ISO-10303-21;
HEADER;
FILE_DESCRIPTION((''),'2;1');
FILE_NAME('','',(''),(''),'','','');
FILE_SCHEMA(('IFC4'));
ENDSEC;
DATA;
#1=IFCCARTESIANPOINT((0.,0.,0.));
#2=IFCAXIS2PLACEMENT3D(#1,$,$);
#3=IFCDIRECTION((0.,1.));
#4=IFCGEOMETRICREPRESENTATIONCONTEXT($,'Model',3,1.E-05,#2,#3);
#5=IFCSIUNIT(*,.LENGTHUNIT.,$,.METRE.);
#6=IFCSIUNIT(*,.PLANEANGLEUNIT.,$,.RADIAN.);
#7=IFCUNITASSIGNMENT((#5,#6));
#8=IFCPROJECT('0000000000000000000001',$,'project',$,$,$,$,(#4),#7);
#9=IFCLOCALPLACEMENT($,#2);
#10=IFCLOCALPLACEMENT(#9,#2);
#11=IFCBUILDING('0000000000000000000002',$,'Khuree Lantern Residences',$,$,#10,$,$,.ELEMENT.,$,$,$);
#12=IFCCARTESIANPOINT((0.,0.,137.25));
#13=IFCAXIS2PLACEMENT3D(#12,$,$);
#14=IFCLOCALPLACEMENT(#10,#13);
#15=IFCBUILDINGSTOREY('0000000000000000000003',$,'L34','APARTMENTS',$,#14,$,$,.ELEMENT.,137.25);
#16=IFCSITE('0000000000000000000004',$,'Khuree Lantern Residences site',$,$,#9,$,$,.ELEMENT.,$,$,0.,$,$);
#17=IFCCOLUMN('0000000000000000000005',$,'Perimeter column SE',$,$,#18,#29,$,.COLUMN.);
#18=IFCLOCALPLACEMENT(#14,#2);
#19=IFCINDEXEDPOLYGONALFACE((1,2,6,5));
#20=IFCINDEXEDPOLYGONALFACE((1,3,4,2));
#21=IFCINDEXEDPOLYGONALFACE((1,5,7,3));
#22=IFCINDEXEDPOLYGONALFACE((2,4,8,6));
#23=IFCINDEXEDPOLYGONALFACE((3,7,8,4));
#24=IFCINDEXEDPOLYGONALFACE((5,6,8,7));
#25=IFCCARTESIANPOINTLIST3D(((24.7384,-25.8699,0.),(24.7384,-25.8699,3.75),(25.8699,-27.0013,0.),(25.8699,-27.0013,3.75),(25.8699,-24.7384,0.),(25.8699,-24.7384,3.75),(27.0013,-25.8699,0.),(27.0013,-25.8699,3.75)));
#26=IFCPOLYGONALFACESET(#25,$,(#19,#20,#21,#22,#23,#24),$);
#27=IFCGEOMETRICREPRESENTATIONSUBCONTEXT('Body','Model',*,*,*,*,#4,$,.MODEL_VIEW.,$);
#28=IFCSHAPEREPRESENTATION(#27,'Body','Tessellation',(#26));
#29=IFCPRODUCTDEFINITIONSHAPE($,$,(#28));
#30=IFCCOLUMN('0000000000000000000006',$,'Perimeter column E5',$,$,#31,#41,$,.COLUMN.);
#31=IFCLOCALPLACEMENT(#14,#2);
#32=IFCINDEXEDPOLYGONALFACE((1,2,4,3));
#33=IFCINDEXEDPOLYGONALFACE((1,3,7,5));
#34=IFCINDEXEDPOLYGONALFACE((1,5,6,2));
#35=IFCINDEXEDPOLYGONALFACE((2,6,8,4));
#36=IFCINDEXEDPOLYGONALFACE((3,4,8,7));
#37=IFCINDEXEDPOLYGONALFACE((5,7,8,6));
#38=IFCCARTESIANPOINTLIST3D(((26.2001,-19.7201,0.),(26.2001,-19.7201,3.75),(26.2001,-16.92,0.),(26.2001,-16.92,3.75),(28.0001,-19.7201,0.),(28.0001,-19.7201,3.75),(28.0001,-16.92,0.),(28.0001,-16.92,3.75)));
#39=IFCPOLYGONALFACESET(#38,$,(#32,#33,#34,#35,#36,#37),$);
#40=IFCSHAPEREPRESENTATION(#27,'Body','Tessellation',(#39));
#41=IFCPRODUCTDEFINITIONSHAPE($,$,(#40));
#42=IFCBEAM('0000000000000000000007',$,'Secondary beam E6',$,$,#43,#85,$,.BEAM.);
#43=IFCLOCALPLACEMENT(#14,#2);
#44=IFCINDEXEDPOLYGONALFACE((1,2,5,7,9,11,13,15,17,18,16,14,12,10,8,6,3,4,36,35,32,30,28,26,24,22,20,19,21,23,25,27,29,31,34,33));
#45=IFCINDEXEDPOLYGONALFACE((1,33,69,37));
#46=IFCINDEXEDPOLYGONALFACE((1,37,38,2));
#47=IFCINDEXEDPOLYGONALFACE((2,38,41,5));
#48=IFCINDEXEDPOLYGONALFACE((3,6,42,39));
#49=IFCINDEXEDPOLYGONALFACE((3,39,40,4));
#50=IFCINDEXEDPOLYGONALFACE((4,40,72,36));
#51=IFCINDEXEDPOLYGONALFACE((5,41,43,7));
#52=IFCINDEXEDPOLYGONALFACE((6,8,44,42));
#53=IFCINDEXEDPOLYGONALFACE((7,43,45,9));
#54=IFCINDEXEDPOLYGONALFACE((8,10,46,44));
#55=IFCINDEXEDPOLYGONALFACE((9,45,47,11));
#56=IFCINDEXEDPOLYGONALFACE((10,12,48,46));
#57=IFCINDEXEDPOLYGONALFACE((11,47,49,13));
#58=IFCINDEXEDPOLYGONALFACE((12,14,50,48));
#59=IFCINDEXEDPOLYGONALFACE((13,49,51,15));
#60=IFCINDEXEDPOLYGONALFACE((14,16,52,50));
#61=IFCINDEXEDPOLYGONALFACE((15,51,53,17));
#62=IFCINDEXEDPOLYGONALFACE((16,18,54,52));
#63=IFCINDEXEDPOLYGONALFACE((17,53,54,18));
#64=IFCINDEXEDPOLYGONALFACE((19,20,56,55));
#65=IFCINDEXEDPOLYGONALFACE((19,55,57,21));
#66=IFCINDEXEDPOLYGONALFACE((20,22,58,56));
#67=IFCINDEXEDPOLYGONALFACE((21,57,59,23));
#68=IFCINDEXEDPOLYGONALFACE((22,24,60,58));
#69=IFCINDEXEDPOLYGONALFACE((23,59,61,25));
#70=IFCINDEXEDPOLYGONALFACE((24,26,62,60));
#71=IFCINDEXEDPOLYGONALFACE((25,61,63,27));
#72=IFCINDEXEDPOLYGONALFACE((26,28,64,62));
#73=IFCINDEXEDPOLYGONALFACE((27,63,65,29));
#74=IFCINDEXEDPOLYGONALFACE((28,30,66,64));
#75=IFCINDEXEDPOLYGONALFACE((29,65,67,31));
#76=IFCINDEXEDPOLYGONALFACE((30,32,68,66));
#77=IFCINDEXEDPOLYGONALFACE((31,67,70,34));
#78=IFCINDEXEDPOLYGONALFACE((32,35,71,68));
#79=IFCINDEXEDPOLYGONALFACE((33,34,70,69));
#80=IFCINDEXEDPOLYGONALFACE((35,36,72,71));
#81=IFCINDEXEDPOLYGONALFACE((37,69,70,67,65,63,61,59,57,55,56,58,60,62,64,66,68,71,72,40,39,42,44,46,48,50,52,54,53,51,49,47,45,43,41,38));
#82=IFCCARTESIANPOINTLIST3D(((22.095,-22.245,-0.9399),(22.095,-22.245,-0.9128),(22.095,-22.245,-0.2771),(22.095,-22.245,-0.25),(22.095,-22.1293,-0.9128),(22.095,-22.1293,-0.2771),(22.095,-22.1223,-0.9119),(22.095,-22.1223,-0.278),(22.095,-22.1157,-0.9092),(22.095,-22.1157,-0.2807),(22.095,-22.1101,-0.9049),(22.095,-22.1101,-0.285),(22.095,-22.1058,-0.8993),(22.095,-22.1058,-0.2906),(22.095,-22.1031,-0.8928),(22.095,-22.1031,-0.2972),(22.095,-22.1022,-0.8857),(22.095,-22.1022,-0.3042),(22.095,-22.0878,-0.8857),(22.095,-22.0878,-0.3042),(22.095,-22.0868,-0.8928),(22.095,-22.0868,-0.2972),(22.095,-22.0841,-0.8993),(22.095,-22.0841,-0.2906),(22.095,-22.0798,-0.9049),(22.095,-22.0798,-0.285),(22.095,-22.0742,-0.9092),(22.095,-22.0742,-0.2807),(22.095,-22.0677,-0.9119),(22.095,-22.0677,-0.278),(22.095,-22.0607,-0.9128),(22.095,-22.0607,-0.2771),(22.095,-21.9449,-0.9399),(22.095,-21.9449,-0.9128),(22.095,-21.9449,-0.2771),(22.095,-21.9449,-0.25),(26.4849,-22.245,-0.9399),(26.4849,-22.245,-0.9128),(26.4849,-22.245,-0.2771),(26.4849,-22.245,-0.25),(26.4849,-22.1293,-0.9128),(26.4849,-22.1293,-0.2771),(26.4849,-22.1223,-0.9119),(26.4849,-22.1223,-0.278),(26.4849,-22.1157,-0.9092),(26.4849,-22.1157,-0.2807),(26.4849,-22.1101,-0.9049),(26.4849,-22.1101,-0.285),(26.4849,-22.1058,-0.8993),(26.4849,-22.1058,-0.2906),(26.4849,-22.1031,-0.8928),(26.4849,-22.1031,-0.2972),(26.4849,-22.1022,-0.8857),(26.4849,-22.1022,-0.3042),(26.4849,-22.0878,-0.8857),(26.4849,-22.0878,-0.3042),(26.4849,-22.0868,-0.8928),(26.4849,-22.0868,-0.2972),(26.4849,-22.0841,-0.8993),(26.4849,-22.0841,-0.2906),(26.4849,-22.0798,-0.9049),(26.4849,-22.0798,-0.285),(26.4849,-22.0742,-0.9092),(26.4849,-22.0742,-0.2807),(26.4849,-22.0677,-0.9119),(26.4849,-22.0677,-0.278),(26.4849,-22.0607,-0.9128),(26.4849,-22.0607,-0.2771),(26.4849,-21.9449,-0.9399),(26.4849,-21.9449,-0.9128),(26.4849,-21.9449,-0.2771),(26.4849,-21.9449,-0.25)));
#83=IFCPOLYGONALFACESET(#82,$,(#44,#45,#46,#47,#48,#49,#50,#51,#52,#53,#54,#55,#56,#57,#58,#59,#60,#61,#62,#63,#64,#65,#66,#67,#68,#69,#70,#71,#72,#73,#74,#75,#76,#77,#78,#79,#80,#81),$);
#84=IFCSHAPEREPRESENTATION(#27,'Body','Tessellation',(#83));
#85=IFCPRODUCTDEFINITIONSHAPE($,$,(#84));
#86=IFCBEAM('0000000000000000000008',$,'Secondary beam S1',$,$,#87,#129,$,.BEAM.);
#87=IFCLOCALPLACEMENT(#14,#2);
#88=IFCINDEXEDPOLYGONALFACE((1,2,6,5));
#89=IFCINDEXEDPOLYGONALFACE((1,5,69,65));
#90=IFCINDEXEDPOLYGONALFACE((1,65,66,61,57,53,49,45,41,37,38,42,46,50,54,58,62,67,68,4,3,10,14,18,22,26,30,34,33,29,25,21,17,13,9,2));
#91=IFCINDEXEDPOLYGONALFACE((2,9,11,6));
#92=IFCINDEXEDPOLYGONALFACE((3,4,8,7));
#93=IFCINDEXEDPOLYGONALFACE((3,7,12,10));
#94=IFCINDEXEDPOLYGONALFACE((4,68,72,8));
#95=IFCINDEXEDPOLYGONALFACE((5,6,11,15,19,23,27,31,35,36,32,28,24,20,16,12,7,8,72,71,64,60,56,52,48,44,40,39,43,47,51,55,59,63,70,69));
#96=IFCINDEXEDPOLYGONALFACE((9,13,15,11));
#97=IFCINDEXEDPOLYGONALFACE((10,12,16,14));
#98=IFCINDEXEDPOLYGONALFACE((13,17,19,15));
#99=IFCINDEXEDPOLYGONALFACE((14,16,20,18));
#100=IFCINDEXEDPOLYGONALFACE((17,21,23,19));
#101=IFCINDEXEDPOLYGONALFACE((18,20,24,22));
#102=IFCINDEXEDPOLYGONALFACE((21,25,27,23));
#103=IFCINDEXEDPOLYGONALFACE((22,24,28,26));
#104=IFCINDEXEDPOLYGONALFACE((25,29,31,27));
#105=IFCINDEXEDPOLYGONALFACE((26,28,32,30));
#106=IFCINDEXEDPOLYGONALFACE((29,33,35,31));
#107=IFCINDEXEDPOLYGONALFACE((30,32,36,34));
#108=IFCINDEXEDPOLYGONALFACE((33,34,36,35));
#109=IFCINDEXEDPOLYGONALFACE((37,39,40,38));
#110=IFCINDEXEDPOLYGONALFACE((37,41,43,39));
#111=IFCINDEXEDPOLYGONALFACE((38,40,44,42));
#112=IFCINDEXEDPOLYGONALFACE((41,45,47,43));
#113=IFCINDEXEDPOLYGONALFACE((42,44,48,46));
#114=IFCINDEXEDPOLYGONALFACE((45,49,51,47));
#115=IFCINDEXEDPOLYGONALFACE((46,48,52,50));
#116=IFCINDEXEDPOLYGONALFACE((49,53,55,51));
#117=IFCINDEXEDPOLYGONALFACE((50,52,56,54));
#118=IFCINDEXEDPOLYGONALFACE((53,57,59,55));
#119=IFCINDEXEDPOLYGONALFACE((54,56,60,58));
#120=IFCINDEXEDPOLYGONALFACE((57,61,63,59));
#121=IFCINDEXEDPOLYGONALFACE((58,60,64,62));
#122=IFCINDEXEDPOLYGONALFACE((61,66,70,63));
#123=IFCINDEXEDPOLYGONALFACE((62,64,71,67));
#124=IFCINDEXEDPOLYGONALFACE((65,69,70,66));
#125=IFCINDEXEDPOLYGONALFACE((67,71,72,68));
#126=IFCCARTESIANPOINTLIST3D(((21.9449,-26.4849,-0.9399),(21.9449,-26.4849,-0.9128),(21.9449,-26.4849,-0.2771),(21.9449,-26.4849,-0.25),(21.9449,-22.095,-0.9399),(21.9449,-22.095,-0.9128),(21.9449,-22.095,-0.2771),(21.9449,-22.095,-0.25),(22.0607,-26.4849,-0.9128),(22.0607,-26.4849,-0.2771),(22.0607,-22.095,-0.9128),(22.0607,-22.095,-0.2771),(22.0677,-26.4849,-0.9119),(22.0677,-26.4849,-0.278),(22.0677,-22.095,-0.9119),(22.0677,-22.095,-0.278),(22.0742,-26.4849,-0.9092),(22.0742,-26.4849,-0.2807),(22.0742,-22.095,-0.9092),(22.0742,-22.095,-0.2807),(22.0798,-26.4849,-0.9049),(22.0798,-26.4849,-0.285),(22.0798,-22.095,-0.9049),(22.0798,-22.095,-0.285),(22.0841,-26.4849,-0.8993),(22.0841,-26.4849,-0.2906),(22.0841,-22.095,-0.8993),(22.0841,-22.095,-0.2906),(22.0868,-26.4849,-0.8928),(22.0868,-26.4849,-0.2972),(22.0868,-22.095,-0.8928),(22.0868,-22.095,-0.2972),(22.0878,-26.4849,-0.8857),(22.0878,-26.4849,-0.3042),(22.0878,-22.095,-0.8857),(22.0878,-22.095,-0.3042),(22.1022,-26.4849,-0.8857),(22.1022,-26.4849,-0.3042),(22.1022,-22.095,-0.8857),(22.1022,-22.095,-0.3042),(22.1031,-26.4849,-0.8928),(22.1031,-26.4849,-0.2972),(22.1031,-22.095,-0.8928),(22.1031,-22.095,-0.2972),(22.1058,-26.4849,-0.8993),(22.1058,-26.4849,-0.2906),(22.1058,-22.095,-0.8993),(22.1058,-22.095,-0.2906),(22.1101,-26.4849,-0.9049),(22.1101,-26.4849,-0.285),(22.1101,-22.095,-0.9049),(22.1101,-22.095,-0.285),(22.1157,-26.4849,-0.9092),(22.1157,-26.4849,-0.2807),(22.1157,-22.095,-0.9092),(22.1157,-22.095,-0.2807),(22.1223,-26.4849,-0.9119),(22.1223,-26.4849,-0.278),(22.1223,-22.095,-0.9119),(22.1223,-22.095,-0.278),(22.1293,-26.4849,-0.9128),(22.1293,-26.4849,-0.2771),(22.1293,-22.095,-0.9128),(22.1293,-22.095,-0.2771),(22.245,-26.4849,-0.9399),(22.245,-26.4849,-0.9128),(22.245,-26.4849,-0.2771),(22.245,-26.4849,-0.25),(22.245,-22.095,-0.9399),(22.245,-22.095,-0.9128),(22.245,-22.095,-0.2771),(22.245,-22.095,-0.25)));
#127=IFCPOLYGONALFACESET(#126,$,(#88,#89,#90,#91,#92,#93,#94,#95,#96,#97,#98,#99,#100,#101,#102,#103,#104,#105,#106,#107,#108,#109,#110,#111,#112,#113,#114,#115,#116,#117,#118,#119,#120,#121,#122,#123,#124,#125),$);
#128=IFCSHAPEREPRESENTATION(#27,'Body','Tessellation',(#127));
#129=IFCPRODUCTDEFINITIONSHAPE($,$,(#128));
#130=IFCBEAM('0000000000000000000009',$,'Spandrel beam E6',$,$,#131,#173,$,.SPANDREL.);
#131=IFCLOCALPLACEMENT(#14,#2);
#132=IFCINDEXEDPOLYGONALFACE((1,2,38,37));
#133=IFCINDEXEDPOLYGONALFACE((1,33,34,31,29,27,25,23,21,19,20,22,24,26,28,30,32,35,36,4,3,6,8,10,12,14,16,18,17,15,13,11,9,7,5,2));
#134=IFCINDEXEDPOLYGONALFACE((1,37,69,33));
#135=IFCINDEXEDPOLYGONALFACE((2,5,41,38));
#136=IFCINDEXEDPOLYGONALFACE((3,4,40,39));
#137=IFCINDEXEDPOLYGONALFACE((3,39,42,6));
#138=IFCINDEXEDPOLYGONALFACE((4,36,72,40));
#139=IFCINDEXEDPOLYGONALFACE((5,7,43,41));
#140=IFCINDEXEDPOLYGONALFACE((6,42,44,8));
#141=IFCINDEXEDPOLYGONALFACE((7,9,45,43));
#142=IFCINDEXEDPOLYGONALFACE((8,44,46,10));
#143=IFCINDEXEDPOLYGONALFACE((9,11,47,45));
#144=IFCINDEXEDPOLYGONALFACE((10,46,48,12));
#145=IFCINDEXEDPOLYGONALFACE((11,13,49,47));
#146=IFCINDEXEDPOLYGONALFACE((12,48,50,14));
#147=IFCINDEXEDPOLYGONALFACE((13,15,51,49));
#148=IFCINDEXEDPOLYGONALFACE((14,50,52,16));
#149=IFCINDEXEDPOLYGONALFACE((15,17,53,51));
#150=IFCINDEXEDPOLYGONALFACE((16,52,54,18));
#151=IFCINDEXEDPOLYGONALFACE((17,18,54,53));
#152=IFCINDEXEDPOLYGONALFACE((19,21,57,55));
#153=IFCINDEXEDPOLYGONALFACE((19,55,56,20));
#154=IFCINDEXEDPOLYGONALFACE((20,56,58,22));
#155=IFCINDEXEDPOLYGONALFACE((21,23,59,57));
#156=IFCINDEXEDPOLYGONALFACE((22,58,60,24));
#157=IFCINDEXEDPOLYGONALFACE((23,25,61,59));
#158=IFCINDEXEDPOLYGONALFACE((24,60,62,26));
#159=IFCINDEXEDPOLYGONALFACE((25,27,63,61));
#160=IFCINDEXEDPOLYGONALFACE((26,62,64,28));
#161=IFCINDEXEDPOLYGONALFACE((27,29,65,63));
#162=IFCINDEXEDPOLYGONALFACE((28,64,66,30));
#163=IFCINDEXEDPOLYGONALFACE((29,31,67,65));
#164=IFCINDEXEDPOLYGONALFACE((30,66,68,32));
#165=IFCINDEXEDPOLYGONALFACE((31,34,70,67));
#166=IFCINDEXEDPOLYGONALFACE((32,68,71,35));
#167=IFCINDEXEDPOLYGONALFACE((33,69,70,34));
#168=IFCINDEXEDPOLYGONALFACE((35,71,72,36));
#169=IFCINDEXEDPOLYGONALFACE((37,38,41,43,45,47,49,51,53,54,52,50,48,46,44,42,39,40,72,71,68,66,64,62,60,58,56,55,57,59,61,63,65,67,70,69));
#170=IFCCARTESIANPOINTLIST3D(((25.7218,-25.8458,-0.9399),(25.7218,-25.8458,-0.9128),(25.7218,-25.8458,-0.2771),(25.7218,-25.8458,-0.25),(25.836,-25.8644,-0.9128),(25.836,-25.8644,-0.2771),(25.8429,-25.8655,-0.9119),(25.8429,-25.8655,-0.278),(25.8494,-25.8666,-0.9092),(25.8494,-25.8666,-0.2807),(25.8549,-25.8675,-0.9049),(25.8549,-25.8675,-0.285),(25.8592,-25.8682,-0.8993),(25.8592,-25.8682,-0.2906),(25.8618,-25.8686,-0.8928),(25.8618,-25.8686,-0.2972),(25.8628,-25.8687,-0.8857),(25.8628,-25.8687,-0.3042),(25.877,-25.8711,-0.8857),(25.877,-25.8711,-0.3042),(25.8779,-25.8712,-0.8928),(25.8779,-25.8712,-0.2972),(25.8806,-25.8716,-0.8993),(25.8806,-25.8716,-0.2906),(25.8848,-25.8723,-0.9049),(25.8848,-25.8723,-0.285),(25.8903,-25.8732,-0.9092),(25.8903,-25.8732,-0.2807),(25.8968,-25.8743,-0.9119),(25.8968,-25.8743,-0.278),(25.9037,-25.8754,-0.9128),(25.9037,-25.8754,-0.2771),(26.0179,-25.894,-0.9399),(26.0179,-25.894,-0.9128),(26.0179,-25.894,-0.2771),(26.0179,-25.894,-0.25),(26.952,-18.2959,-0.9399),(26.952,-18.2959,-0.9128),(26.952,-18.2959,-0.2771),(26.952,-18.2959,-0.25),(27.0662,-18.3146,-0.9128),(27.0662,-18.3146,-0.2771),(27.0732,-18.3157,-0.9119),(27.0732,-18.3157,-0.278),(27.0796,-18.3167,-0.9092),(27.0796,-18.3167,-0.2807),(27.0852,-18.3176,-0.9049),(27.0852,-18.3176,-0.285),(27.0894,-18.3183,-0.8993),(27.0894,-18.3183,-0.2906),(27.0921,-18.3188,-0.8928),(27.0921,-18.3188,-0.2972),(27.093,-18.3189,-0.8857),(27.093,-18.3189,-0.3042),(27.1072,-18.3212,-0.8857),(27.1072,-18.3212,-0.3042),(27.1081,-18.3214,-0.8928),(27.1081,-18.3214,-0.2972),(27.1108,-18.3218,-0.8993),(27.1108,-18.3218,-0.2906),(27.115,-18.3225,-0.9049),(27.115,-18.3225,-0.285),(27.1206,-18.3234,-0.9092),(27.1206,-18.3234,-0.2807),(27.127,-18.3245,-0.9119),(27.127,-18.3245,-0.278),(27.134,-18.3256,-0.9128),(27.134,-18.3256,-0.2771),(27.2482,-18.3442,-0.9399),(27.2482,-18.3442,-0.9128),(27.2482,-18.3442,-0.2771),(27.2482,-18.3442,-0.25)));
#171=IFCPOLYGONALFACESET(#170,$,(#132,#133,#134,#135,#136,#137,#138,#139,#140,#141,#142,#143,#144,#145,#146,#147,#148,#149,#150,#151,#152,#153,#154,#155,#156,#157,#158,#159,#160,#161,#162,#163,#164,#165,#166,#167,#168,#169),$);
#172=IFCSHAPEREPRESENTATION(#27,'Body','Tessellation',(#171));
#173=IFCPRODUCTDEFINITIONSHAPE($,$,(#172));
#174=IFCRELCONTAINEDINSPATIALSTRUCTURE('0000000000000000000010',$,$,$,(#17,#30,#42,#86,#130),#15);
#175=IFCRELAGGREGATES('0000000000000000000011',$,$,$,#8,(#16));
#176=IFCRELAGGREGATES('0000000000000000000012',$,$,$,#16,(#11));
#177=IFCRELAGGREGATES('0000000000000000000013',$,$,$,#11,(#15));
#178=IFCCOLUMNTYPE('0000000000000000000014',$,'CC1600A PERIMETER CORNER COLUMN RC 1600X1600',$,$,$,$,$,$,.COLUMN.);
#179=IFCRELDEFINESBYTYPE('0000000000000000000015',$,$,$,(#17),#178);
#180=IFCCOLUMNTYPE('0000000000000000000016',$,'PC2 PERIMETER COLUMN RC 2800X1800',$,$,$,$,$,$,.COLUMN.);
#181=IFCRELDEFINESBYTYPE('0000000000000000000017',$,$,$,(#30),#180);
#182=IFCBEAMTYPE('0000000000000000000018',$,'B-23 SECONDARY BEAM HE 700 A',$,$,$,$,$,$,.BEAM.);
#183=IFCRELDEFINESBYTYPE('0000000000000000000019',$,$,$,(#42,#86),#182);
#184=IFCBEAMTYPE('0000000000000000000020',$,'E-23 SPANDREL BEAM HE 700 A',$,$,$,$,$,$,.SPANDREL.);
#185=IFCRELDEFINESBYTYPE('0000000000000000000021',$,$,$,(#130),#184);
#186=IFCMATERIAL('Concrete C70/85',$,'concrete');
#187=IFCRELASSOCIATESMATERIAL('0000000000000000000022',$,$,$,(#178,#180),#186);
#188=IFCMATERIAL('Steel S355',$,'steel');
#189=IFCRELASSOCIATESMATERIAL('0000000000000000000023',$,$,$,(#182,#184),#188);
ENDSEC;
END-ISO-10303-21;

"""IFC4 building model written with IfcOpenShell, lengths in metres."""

from ifc_helpers import new_model, si_unit, direction, frame, origin, origin_2d, place, context, subcontext, project, spatial, rectangle, i_section, extrude, material, material_profile, profile_set, type_object, element, save


model = new_model("IFC4")

# Units and contexts
model_context = context("Model", 3, precision=1e-05, world=origin(), true_north=direction((0.0, 1.0)))
body_context = subcontext(model_context, "Body", "Model", "MODEL_VIEW")
ifc_project = project(units=[si_unit("LENGTHUNIT", "METRE"), si_unit("PLANEANGLEUNIT", "RADIAN")], contexts=[model_context])

# Site, building, storey
site_placement = place(None, origin())
site = spatial("IfcSite", under=ifc_project, at=site_placement, Name="Khuree Lantern Residences site", CompositionType="ELEMENT", RefElevation=0.0)
building_placement = place(site_placement, origin())
building = spatial("IfcBuilding", under=site, at=building_placement, Name="Khuree Lantern Residences", CompositionType="ELEMENT")
storey_placement = place(building_placement, frame((0.0, 0.0, 137.25)))
storey = spatial("IfcBuildingStorey", under=building, at=storey_placement, Name="L34", Description="APARTMENTS", CompositionType="ELEMENT", Elevation=137.25)

# Columns
ifc_material_1 = material(Name="Concrete C70/85", Category="concrete")
ifc_material_profile_1 = material_profile(ifc_material_1, rectangle(XDim=1.6001, YDim=1.6001, at=origin_2d()), Name="RC 1600X1600")
ifc_profile_set_1 = profile_set([ifc_material_profile_1], Name="Concrete C70/85")
column_type_1 = type_object("IfcColumnType", Name="CC1600A PERIMETER CORNER COLUMN RC 1600X1600", PredefinedType="COLUMN", material=ifc_profile_set_1)
column_1_placement = place(storey_placement, frame((25.8699, -25.8699, 0.0), z_axis=(0.0, 0.0, 1.0), x_axis=(0.707107, 0.707107, 0.0)))
element("IfcColumn", 1, at=column_1_placement, inside=storey, type_object=column_type_1, Name="Perimeter column SE", PredefinedType="COLUMN", context=body_context, shape_type="SweptSolid", body=[
    extrude(rectangle(XDim=1.6001, YDim=1.6001, at=origin_2d()), origin(), (0.0, 0.0, 1.0), 3.75),
])
ifc_material_profile_2 = material_profile(ifc_material_1, rectangle(XDim=2.8, YDim=1.8, at=origin_2d()), Name="RC 2800X1800")
ifc_profile_set_2 = profile_set([ifc_material_profile_2], Name="Concrete C70/85")
column_type_2 = type_object("IfcColumnType", Name="PC2 PERIMETER COLUMN RC 2800X1800", PredefinedType="COLUMN", material=ifc_profile_set_2)
column_2_placement = place(storey_placement, frame((27.1001, -18.3201, 0.0), z_axis=(0.0, 0.0, 1.0), x_axis=(0.0, 1.0, 0.0)))
element("IfcColumn", 2, at=column_2_placement, inside=storey, type_object=column_type_2, Name="Perimeter column E5", PredefinedType="COLUMN", context=body_context, shape_type="SweptSolid", body=[
    extrude(rectangle(XDim=2.8, YDim=1.8, at=origin_2d()), origin(), (0.0, 0.0, 1.0), 3.75),
])

# Beams
ifc_material_2 = material(Name="Steel S355", Category="steel")
ifc_material_profile_3 = material_profile(ifc_material_2, i_section(OverallWidth=0.3, OverallDepth=0.6899, WebThickness=0.0144, FlangeThickness=0.0271, FilletRadius=0.0271, at=origin_2d()), Name="HE 700 A")
ifc_profile_set_3 = profile_set([ifc_material_profile_3], Name="Steel S355")
beam_type_1 = type_object("IfcBeamType", Name="B-23 SECONDARY BEAM HE 700 A", PredefinedType="BEAM", material=ifc_profile_set_3)
for number, where, z_axis, x_axis, name in (
    (3, (26.4849, -22.095, -0.595), (-1.0, 0.0, 0.0), (0.0, -1.0, 0.0), "Secondary beam E6"),
    (4, (22.095, -26.4849, -0.595), (0.0, 1.0, 0.0), (-1.0, 0.0, 0.0), "Secondary beam S1"),
):
    element("IfcBeam", number, at=place(storey_placement, frame(where, z_axis=z_axis, x_axis=x_axis)), inside=storey, type_object=beam_type_1, Name=name, PredefinedType="BEAM", context=body_context, shape_type="SweptSolid", body=[
        extrude(i_section(OverallWidth=0.3, OverallDepth=0.6899, WebThickness=0.0144, FlangeThickness=0.0271, FilletRadius=0.0271, at=origin_2d()), origin(), (0.0, 0.0, 1.0), 4.3899),
    ])
ifc_material_profile_4 = material_profile(ifc_material_2, i_section(OverallWidth=0.3, OverallDepth=0.6899, WebThickness=0.0144, FlangeThickness=0.0271, FilletRadius=0.0271, at=origin_2d()), Name="HE 700 A")
ifc_profile_set_4 = profile_set([ifc_material_profile_4], Name="Steel S355")
beam_type_2 = type_object("IfcBeamType", Name="E-23 SPANDREL BEAM HE 700 A", PredefinedType="SPANDREL", material=ifc_profile_set_4)
for number, where, z_axis, x_axis, name in (
    (5, (27.1001, -18.3201, -0.595), (-0.160827, -0.986983, 0.0), (0.986983, -0.160827, 0.0), "Spandrel beam E6"),
):
    element("IfcBeam", number, at=place(storey_placement, frame(where, z_axis=z_axis, x_axis=x_axis)), inside=storey, type_object=beam_type_2, Name=name, PredefinedType="SPANDREL", context=body_context, shape_type="SweptSolid", body=[
        extrude(i_section(OverallWidth=0.3, OverallDepth=0.6899, WebThickness=0.0144, FlangeThickness=0.0271, FilletRadius=0.0271, at=origin_2d()), origin(), (0.0, 0.0, 1.0), 7.6494),
    ])

save(model, "model.ifc")
